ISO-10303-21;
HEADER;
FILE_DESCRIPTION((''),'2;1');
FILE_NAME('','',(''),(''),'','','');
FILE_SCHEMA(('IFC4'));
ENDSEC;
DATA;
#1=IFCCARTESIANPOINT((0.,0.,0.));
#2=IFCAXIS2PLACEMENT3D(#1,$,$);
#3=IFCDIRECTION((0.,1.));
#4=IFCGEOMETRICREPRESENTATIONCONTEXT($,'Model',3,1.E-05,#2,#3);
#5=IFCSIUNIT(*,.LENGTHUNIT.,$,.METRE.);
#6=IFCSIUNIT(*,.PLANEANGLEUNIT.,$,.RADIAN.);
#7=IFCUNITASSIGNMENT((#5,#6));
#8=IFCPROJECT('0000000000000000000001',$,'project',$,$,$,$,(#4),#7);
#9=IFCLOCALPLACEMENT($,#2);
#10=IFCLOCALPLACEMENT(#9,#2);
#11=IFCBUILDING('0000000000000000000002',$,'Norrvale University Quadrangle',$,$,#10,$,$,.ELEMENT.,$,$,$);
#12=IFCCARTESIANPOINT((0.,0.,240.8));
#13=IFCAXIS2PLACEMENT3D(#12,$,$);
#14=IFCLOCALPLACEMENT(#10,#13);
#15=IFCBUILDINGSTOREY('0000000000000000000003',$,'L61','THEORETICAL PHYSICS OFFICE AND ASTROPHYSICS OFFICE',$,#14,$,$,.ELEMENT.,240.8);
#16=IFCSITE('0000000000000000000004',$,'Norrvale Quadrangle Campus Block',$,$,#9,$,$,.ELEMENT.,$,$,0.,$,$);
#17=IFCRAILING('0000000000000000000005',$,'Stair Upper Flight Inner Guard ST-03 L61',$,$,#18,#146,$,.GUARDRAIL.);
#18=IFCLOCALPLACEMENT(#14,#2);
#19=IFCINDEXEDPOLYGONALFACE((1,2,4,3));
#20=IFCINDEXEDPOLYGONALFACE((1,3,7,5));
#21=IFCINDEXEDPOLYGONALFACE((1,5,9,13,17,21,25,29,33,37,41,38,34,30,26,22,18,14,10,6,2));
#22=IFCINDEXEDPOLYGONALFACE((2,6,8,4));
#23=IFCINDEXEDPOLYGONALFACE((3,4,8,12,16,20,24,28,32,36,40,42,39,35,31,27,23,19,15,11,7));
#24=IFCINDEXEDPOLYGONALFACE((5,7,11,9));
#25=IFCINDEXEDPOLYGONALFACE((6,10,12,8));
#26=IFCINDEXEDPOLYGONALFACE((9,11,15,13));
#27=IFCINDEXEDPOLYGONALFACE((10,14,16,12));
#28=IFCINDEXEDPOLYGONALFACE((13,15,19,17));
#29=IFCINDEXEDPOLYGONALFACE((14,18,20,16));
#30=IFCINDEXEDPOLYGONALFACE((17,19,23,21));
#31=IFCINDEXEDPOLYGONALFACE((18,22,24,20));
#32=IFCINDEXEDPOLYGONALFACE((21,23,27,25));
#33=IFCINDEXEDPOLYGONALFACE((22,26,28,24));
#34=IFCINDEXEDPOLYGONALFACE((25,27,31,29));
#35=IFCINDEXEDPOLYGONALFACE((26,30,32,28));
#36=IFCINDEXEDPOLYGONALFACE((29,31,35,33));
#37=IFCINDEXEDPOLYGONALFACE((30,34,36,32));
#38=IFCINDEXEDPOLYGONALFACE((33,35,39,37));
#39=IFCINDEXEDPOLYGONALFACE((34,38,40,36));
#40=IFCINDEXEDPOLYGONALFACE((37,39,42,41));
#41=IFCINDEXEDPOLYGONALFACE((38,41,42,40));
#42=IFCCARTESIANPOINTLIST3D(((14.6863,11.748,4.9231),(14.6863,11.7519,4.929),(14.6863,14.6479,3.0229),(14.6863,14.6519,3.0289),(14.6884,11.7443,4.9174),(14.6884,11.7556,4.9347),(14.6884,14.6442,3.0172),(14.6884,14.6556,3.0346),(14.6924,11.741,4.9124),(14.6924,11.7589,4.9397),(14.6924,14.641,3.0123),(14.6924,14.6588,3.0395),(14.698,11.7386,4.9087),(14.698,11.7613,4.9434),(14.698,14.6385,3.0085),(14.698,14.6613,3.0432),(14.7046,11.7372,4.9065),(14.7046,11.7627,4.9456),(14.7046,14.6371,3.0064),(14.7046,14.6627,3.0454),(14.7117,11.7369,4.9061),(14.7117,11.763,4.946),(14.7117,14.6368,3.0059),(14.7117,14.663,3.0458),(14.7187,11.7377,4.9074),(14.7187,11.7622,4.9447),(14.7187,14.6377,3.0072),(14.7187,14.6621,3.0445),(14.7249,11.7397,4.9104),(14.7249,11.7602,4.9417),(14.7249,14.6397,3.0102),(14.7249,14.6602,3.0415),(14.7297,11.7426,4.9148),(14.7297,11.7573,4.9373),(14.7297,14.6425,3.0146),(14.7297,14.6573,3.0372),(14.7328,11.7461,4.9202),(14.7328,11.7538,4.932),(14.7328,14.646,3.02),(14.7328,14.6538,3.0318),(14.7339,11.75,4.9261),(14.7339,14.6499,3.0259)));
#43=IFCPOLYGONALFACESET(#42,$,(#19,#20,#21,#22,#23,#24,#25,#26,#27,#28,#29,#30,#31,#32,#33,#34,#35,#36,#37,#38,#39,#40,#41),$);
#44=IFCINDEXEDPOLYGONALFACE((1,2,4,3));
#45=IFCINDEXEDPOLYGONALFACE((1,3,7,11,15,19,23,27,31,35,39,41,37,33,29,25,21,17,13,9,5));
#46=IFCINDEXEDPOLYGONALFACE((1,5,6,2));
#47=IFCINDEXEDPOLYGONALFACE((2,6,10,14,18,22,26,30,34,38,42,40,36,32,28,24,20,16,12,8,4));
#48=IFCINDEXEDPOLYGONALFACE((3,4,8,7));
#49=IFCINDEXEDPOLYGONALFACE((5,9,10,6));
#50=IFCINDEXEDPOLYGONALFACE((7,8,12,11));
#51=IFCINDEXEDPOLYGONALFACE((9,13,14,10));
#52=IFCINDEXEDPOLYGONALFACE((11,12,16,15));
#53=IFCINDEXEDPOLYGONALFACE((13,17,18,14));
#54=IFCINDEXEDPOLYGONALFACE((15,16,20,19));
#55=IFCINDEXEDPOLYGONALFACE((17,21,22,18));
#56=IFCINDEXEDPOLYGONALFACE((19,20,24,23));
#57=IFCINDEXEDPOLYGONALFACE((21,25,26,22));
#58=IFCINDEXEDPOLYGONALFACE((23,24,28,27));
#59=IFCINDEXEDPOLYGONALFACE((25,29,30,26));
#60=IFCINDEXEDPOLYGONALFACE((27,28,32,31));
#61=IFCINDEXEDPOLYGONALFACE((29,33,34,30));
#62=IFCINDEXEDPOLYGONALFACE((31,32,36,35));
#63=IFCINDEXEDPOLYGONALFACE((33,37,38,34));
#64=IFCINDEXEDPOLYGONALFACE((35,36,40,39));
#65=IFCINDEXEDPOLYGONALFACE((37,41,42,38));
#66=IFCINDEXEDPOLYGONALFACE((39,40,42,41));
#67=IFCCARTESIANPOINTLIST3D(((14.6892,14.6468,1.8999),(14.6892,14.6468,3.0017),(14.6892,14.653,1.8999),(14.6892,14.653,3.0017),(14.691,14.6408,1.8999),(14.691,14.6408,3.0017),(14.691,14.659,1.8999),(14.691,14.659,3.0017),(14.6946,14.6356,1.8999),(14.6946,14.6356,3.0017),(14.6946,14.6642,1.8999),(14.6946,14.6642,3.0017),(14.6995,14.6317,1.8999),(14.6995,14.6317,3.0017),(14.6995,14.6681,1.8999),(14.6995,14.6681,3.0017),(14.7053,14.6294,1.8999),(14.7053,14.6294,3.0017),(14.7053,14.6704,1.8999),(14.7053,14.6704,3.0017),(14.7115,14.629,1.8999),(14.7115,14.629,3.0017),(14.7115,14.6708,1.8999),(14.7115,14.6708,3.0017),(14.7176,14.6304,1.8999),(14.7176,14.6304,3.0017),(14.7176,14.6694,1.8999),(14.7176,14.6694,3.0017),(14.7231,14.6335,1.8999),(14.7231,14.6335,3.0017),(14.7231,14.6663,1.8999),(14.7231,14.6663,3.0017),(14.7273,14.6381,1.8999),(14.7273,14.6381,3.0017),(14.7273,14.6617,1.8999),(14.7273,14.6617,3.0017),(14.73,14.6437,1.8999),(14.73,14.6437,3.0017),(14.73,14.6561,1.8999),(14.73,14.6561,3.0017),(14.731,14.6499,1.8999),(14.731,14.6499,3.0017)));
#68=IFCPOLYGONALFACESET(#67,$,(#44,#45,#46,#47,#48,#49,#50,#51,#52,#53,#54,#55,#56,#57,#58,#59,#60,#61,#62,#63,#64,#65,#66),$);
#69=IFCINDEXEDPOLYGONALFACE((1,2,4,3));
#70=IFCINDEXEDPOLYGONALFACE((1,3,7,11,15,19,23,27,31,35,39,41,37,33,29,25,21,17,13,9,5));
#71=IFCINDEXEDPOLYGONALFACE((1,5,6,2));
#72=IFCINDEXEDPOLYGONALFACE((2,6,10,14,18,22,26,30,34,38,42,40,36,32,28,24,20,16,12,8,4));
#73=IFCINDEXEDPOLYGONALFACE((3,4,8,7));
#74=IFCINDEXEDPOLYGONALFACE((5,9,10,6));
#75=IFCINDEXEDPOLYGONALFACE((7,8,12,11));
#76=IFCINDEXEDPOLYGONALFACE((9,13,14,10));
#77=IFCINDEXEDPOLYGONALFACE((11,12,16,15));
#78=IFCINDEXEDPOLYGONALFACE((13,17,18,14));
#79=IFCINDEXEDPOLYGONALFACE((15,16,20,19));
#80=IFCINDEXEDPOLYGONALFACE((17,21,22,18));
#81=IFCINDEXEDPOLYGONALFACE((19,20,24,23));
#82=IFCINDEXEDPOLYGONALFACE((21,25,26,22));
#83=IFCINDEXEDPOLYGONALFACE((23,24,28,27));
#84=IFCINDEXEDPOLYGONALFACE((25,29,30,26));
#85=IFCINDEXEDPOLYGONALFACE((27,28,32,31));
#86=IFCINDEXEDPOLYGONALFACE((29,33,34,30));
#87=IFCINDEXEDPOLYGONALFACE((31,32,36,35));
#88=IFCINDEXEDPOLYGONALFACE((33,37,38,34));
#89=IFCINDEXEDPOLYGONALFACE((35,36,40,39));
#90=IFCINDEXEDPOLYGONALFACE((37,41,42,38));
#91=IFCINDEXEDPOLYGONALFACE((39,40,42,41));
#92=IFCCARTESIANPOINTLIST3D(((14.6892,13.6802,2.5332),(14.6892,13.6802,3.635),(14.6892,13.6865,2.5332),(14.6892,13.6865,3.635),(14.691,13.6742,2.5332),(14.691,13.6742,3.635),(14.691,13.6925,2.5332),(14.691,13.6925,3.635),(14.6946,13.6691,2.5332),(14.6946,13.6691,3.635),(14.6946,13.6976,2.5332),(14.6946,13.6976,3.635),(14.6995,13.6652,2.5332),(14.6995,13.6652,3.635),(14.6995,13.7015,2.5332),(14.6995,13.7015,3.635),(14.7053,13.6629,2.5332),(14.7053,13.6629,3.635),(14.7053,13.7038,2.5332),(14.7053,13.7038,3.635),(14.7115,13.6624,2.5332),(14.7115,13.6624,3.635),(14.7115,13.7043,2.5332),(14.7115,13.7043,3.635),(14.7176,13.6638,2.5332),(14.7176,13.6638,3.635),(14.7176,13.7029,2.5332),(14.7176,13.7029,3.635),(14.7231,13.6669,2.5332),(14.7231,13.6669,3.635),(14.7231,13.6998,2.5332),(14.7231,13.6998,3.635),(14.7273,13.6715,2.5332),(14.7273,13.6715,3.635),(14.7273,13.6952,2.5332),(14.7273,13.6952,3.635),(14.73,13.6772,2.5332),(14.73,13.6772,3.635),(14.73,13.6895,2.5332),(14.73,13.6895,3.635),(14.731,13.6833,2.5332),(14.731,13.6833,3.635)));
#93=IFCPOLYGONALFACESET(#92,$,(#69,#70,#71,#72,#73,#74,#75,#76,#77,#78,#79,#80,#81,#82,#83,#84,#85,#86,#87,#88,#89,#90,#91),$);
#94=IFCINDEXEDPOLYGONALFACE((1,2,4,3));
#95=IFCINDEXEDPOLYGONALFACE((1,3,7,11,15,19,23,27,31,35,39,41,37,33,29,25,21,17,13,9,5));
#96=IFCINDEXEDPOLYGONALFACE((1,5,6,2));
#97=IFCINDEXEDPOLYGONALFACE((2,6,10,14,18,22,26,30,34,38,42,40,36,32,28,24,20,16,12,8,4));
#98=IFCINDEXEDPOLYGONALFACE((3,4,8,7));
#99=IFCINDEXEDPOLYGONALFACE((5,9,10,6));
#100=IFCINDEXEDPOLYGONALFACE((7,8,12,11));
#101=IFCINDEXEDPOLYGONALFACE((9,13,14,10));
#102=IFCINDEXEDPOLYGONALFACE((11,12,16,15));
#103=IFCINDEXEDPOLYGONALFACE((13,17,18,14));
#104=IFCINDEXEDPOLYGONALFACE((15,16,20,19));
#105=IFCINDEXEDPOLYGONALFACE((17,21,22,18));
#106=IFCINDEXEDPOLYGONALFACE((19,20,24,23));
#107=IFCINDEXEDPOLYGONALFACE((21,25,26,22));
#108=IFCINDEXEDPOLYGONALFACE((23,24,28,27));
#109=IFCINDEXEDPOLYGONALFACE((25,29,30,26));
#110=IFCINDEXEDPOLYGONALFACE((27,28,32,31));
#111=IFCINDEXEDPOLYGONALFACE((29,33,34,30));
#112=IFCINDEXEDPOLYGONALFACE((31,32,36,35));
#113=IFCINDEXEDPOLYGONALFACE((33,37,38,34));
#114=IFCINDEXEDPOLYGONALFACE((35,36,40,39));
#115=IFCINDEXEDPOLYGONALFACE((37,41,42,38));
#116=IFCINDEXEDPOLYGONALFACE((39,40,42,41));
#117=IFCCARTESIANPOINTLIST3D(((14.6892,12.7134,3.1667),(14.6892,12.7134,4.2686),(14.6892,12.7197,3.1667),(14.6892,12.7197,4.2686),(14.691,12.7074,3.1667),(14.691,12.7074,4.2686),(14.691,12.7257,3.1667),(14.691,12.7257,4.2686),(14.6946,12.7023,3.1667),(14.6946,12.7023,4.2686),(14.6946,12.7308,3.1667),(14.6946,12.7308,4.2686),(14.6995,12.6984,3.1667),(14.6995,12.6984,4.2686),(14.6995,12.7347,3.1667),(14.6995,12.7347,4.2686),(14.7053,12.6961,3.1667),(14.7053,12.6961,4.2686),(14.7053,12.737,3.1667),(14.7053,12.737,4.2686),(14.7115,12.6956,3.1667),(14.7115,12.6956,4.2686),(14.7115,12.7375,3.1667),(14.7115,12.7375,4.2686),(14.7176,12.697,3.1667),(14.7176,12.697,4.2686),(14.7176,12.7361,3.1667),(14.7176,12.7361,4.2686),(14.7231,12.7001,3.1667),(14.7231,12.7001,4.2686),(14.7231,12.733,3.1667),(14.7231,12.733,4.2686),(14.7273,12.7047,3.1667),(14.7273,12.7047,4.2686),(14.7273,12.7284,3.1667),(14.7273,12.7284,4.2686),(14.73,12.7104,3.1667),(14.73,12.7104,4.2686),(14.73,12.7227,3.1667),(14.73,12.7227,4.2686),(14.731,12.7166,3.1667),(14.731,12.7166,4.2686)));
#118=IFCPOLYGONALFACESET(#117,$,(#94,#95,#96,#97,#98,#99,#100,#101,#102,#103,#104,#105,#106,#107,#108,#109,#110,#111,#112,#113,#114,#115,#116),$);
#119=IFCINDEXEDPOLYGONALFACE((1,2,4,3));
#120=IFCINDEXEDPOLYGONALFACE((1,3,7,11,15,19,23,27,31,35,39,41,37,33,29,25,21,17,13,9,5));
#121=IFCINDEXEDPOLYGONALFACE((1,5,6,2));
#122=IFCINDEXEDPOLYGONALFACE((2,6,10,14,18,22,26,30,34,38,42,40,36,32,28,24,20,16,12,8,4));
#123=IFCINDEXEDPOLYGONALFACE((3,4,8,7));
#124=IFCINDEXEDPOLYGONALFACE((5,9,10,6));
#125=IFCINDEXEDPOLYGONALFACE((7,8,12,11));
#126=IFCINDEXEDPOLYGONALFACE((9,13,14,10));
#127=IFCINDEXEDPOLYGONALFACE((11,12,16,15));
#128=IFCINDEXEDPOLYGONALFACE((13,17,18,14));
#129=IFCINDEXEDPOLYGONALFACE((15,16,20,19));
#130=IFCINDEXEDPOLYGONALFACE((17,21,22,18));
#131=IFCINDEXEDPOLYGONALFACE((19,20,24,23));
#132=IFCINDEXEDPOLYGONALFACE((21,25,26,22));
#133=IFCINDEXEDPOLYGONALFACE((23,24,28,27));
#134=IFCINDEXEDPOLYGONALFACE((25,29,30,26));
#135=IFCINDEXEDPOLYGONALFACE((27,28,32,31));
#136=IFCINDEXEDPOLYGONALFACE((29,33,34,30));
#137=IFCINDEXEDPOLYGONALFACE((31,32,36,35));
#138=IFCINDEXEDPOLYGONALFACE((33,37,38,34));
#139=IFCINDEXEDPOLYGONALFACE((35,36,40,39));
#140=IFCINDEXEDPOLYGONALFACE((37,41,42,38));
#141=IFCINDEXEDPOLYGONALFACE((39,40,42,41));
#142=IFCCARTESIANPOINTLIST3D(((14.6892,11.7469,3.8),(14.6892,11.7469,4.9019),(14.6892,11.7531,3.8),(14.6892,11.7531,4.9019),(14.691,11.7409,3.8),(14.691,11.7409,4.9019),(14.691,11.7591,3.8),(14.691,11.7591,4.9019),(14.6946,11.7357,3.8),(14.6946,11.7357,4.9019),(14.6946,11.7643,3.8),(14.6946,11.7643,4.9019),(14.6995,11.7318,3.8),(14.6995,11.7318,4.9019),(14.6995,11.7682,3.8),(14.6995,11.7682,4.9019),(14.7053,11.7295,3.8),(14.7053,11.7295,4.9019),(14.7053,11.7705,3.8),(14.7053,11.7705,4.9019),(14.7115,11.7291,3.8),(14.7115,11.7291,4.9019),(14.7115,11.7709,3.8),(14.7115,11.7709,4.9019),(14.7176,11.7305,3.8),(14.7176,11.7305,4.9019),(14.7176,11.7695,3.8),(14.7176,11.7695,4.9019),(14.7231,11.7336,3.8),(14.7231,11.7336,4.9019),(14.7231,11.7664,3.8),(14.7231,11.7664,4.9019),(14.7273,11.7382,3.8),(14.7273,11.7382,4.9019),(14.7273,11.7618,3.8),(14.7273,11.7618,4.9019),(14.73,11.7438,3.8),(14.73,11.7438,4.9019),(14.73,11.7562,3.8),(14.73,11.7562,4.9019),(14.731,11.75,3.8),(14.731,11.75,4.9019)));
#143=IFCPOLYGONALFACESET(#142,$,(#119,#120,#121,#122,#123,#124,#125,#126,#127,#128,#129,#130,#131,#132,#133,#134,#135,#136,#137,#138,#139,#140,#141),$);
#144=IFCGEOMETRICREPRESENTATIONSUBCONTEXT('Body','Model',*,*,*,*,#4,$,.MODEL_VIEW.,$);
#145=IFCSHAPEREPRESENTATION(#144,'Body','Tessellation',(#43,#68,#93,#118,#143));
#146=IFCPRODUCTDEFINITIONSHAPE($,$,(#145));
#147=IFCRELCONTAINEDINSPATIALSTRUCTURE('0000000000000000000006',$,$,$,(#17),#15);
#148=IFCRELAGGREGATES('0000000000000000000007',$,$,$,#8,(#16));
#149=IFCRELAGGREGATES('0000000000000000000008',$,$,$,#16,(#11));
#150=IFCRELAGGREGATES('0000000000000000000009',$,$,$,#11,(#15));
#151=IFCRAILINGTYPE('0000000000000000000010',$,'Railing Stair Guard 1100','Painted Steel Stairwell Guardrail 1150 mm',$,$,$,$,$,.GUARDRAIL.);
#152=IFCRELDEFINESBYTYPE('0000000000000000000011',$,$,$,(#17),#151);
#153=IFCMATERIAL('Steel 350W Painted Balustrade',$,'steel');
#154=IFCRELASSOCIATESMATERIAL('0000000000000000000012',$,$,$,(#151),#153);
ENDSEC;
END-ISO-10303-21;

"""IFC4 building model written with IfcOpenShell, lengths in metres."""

from ifc_helpers import new_model, si_unit, direction, frame, origin, origin_2d, place, context, subcontext, project, spatial, circle, extrude, material, type_object, element, save


model = new_model("IFC4")

# Units and contexts
model_context = context("Model", 3, precision=1e-05, world=origin(), true_north=direction((0.0, 1.0)))
body_context = subcontext(model_context, "Body", "Model", "MODEL_VIEW")
ifc_project = project(units=[si_unit("LENGTHUNIT", "METRE"), si_unit("PLANEANGLEUNIT", "RADIAN")], contexts=[model_context])

# Site, building, storey
site_placement = place(None, origin())
site = spatial("IfcSite", under=ifc_project, at=site_placement, Name="Norrvale Quadrangle Campus Block", CompositionType="ELEMENT", RefElevation=0.0)
building_placement = place(site_placement, origin())
building = spatial("IfcBuilding", under=site, at=building_placement, Name="Norrvale University Quadrangle", CompositionType="ELEMENT")
storey_placement = place(building_placement, frame((0.0, 0.0, 240.8)))
storey = spatial("IfcBuildingStorey", under=building, at=storey_placement, Name="L61", Description="THEORETICAL PHYSICS OFFICE AND ASTROPHYSICS OFFICE", CompositionType="ELEMENT", Elevation=240.8)

# Railing
ifc_material_1 = material(Name="Steel 350W Painted Balustrade", Category="steel")
railing_type_1 = type_object("IfcRailingType", Name="Railing Stair Guard 1100", Description="Painted Steel Stairwell Guardrail 1150 mm", PredefinedType="GUARDRAIL", material=ifc_material_1)
railing_1_placement = place(storey_placement, frame((14.71, 14.6499, 1.8999)))
element("IfcRailing", 1, at=railing_1_placement, inside=storey, type_object=railing_type_1, Name="Stair Upper Flight Inner Guard ST-03 L61", PredefinedType="GUARDRAIL", context=body_context, shape_type="SweptSolid", body=[
    extrude(circle(Radius=0.0239, at=origin_2d()), frame((0.0, 0.0, 1.126), z_axis=(0.0, -0.836433, 0.548069), x_axis=(1.0, 0.0, 0.0)), (0.0, 0.0, 1.0), 3.467),
    extrude(circle(Radius=0.021, at=origin_2d()), origin(), (0.0, 0.0, 1.0), 1.1018),
    extrude(circle(Radius=0.021, at=origin_2d()), frame((0.0, -0.9666, 0.6333)), (0.0, 0.0, 1.0), 1.1018),
    extrude(circle(Radius=0.021, at=origin_2d()), frame((0.0, -1.9333, 1.2668)), (0.0, 0.0, 1.0), 1.1018),
    extrude(circle(Radius=0.021, at=origin_2d()), frame((0.0, -2.8999, 1.9001)), (0.0, 0.0, 1.0), 1.1018),
])

save(model, "model.ifc")
